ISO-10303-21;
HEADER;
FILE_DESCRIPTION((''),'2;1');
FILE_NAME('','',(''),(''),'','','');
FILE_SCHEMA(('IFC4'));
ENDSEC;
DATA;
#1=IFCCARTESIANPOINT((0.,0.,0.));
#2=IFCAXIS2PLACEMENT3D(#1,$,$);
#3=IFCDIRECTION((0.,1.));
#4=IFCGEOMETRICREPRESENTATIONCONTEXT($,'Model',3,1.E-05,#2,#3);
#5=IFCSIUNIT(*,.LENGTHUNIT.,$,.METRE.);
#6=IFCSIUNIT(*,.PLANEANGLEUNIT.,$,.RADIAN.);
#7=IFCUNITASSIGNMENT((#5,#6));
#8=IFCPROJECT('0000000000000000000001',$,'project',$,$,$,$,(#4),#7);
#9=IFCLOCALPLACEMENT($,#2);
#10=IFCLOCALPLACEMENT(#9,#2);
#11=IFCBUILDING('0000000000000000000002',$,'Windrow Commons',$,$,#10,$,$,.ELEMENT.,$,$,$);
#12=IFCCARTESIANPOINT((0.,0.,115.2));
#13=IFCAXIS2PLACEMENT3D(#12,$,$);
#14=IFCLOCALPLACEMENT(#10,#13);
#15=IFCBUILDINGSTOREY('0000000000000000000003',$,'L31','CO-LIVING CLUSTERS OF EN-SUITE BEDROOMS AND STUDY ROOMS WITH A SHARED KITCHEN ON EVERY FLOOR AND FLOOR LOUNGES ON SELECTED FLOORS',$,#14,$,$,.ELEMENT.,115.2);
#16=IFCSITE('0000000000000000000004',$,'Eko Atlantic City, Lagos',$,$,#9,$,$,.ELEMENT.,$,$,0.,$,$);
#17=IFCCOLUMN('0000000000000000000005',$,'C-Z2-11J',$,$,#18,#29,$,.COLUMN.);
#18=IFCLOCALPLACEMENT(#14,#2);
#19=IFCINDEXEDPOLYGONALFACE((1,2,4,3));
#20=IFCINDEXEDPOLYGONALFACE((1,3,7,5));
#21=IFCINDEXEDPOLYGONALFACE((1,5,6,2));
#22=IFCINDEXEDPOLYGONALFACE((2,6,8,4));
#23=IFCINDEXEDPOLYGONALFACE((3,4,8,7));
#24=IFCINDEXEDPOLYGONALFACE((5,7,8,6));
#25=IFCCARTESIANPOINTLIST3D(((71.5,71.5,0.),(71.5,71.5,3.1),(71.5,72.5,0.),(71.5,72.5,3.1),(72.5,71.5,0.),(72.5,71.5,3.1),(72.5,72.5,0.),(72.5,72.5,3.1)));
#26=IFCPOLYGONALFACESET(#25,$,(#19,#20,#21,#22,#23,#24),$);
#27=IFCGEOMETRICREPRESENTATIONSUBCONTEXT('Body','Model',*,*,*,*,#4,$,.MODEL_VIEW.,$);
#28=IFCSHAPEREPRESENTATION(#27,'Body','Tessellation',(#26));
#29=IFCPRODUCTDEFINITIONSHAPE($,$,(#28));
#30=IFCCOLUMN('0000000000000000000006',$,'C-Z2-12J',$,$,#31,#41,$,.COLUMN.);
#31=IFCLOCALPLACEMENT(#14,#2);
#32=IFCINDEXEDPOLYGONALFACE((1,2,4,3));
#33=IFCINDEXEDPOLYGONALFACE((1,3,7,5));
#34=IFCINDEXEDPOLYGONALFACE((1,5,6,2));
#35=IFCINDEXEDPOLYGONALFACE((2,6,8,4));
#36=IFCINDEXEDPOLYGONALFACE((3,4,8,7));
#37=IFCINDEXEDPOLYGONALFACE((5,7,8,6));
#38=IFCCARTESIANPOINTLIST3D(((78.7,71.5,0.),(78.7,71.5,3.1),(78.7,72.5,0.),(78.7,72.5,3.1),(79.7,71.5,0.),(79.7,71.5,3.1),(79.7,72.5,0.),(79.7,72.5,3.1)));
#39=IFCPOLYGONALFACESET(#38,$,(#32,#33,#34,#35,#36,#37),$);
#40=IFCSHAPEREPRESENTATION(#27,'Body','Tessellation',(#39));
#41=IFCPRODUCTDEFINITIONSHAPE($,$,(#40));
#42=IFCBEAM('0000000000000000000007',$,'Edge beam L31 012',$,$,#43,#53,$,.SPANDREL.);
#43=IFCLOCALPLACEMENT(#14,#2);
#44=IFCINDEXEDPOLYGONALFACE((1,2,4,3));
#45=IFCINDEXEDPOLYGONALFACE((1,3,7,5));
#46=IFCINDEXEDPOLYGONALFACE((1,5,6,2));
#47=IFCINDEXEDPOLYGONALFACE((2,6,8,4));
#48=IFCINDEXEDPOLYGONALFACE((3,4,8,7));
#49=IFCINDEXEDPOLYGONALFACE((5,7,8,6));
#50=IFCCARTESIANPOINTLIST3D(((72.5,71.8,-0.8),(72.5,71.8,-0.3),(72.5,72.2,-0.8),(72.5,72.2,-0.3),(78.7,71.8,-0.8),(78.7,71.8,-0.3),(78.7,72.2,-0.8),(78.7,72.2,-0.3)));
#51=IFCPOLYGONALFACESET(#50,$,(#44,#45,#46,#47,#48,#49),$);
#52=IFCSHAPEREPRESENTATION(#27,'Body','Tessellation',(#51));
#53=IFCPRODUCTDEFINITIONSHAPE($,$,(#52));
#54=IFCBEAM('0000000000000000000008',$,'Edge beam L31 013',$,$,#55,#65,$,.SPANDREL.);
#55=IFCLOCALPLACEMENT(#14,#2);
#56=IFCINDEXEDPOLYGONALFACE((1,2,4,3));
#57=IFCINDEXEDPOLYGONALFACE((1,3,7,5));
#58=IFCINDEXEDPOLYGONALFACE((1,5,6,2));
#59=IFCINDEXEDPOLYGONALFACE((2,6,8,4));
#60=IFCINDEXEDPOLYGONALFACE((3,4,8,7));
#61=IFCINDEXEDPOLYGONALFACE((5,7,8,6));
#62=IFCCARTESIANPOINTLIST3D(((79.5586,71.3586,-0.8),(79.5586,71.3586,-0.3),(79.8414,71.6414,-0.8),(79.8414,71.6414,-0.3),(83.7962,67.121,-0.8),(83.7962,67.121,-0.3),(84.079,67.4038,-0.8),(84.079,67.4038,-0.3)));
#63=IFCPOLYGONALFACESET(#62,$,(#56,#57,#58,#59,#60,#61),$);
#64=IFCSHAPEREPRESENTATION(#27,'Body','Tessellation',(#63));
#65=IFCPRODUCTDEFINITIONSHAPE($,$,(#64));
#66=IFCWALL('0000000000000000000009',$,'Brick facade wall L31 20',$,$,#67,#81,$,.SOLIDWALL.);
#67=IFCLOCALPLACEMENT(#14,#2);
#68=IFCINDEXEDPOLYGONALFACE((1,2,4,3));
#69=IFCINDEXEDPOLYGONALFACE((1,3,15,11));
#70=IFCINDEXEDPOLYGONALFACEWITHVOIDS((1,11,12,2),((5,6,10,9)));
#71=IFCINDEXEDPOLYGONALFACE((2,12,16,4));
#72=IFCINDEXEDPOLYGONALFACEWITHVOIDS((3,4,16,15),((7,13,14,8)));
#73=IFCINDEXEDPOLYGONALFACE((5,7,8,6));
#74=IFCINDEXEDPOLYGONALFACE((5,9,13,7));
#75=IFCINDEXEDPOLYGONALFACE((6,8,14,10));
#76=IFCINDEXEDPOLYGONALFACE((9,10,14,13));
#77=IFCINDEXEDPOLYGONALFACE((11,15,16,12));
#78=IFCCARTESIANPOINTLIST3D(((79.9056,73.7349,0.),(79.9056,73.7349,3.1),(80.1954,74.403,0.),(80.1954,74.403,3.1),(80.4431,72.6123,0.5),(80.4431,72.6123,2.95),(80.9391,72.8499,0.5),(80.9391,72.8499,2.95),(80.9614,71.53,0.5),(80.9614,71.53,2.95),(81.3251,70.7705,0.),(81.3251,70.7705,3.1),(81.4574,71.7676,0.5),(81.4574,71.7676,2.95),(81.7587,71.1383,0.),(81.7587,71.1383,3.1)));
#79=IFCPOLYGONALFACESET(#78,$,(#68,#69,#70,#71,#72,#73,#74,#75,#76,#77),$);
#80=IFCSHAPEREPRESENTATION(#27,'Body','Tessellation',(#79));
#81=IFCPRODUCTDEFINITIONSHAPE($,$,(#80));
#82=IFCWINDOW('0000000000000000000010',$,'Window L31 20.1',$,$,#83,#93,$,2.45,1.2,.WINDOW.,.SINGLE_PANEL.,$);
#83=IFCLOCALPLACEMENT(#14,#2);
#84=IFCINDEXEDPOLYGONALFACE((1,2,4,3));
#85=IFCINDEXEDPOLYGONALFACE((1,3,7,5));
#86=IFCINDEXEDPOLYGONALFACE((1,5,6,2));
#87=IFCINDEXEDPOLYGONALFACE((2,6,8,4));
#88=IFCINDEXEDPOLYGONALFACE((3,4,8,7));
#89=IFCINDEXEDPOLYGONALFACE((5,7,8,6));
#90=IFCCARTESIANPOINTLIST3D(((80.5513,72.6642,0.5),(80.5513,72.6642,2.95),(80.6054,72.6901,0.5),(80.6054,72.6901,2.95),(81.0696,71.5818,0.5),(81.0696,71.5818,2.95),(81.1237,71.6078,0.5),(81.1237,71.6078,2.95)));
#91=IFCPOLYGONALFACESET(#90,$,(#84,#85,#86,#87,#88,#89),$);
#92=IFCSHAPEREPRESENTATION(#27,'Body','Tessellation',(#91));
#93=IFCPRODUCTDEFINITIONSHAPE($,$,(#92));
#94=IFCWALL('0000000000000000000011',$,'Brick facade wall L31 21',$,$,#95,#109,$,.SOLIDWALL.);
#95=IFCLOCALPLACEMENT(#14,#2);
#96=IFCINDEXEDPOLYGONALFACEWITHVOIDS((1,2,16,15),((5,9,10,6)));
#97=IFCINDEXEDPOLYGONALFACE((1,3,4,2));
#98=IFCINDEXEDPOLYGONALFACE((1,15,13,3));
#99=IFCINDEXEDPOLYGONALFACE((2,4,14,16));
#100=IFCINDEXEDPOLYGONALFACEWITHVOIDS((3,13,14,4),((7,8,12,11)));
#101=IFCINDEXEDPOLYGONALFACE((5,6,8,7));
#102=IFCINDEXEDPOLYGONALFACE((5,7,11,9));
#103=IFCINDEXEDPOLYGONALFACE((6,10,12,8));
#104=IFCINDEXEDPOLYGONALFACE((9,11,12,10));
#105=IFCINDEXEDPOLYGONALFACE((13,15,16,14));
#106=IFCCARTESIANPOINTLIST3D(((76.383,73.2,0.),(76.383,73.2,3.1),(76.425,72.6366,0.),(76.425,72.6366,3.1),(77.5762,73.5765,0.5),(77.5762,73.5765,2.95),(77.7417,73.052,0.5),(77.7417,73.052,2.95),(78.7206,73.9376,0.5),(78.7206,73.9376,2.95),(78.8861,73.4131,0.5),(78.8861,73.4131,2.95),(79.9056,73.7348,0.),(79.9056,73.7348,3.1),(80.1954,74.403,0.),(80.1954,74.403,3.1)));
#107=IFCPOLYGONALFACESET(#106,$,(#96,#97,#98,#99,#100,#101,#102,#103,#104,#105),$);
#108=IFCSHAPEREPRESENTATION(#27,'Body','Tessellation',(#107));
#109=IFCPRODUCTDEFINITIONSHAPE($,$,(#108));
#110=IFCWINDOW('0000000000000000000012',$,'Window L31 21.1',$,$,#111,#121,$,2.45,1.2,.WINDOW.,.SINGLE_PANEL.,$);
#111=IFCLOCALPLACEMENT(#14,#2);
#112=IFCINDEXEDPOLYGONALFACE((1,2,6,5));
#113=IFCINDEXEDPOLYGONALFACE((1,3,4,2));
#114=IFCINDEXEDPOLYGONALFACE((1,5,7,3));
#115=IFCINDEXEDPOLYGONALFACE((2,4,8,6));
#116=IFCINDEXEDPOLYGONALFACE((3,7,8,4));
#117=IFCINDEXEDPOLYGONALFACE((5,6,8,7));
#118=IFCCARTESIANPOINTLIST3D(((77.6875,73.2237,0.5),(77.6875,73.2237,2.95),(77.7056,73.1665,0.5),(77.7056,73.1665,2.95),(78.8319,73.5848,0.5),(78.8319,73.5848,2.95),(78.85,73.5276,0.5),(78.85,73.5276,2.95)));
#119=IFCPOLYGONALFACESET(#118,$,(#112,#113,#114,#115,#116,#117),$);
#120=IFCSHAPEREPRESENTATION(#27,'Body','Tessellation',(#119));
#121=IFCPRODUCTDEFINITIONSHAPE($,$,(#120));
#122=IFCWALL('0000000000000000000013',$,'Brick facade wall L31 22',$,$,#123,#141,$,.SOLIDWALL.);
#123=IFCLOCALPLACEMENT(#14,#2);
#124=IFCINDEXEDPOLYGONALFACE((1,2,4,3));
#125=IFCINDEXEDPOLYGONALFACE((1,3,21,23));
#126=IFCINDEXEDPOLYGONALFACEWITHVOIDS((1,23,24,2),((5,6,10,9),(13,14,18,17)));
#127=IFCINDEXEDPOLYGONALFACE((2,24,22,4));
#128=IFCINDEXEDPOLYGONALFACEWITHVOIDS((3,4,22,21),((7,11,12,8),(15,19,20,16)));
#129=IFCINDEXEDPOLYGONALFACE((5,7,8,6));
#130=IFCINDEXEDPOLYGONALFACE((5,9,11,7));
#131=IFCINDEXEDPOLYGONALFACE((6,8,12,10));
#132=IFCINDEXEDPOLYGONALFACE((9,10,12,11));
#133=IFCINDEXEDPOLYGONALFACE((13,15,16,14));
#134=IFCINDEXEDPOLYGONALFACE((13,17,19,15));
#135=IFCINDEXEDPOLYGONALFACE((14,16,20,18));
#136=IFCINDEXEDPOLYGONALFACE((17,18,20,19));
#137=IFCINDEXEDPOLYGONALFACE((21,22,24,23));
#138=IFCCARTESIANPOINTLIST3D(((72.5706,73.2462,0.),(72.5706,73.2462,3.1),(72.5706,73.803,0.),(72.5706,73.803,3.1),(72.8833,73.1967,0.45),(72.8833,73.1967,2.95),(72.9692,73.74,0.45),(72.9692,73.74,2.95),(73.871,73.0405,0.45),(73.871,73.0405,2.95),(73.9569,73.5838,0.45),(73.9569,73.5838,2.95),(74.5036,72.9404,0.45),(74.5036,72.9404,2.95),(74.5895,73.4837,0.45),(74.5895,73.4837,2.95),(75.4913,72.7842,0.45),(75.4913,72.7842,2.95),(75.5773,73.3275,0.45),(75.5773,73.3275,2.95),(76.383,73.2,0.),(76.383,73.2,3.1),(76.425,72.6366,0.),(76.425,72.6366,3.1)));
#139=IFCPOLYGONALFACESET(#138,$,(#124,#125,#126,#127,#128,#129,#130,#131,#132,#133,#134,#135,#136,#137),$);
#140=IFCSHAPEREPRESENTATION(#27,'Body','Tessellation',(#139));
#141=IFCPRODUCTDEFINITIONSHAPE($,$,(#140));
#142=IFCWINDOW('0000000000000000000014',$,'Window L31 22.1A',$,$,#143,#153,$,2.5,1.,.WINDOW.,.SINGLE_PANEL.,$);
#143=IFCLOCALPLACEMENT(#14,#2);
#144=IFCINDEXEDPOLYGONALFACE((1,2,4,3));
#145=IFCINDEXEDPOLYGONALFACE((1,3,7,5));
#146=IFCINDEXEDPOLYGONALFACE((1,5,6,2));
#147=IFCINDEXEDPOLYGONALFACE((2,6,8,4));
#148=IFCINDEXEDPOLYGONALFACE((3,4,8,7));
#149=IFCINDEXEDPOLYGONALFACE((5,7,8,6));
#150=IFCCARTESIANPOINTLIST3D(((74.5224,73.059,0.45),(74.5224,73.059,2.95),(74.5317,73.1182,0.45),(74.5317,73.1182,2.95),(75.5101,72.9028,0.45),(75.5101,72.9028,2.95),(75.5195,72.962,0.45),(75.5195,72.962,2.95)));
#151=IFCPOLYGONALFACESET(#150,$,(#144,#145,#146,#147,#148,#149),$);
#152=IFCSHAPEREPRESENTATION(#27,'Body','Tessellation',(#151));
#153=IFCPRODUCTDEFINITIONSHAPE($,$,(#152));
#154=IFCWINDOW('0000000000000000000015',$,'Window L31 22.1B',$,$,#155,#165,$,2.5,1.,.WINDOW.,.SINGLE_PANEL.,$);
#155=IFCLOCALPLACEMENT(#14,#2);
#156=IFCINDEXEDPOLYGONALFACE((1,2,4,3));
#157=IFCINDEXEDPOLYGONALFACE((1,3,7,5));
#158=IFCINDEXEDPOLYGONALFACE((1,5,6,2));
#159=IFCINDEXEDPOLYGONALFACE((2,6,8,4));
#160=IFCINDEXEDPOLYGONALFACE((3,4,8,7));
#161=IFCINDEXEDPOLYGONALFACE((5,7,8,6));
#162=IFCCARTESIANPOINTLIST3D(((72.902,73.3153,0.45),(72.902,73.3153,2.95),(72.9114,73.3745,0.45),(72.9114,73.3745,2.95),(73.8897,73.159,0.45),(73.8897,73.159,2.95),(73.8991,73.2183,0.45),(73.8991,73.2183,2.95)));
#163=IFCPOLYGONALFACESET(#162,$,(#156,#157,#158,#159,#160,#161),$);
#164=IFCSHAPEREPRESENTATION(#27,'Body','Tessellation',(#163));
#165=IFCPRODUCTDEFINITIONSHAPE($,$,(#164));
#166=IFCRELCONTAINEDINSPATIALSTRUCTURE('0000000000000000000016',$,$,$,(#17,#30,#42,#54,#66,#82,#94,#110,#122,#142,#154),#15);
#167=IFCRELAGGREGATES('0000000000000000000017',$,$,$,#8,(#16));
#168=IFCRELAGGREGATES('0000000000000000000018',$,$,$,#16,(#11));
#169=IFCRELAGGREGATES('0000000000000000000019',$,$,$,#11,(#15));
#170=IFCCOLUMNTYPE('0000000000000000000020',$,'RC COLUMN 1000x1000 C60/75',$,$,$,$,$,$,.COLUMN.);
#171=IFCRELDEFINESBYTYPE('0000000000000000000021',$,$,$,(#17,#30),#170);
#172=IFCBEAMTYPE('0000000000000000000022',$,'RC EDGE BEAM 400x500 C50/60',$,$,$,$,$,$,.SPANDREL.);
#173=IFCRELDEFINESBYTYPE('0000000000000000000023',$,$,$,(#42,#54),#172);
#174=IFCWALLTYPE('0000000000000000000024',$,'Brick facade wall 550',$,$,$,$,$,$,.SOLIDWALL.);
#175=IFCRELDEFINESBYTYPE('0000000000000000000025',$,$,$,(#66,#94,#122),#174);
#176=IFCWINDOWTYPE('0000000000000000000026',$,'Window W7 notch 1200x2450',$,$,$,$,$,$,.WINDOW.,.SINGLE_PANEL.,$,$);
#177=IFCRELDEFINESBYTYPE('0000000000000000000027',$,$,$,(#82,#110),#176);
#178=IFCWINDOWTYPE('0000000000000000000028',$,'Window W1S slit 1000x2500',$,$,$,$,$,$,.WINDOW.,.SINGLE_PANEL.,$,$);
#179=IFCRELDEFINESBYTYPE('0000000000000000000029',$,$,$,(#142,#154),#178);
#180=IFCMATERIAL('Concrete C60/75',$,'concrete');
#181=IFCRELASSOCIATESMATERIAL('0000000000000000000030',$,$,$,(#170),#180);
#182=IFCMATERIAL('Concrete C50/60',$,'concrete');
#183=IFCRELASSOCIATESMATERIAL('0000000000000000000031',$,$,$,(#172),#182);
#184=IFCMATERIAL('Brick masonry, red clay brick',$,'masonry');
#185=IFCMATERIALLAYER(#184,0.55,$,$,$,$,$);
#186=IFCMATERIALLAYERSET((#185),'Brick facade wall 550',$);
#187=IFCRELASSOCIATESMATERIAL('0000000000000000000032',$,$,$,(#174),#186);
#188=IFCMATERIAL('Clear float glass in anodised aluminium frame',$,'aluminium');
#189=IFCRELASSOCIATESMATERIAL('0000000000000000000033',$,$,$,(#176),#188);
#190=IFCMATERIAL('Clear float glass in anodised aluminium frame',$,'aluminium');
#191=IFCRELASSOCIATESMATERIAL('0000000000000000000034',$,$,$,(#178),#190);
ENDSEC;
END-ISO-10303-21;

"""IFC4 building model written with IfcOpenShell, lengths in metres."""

from ifc_helpers import new_model, si_unit, direction, frame, frame_2d, origin, origin_2d, place, context, subcontext, project, spatial, polyline, rectangle, outline, extrude, material, layer, layer_set, material_profile, profile_set, type_object, element, fill, save


model = new_model("IFC4")

# Units and contexts
model_context = context("Model", 3, precision=1e-05, world=origin(), true_north=direction((0.0, 1.0)))
body_context = subcontext(model_context, "Body", "Model", "MODEL_VIEW")
ifc_project = project(units=[si_unit("LENGTHUNIT", "METRE"), si_unit("PLANEANGLEUNIT", "RADIAN")], contexts=[model_context])

# Site, building, storey
site_placement = place(None, origin())
site = spatial("IfcSite", under=ifc_project, at=site_placement, Name="Eko Atlantic City, Lagos", CompositionType="ELEMENT", RefElevation=0.0)
building_placement = place(site_placement, origin())
building = spatial("IfcBuilding", under=site, at=building_placement, Name="Windrow Commons", CompositionType="ELEMENT")
storey_placement = place(building_placement, frame((0.0, 0.0, 115.2)))
storey = spatial("IfcBuildingStorey", under=building, at=storey_placement, Name="L31", Description="CO-LIVING CLUSTERS OF EN-SUITE BEDROOMS AND STUDY ROOMS WITH A SHARED KITCHEN ON EVERY FLOOR AND FLOOR LOUNGES ON SELECTED FLOORS", CompositionType="ELEMENT", Elevation=115.2)

# Columns
ifc_material_1 = material(Name="Concrete C60/75", Category="concrete")
ifc_material_profile_1 = material_profile(ifc_material_1, rectangle(XDim=1.0, YDim=1.0, at=origin_2d()))
ifc_profile_set_1 = profile_set([ifc_material_profile_1], Name="Concrete C60/75")
column_type = type_object("IfcColumnType", Name="RC COLUMN 1000x1000 C60/75", PredefinedType="COLUMN", material=ifc_profile_set_1)
for number, where, z_axis, x_axis, name in (
    (1, (72.0, 72.0, 0.0), (0.0, 0.0, 1.0), (1.0, 0.0, 0.0), "C-Z2-11J"),
    (2, (79.2, 72.0, 0.0), (0.0, 0.0, 1.0), (1.0, 0.0, 0.0), "C-Z2-12J"),
):
    element("IfcColumn", number, at=place(storey_placement, frame(where, z_axis=z_axis, x_axis=x_axis)), inside=storey, type_object=column_type, Name=name, PredefinedType="COLUMN", context=body_context, shape_type="SweptSolid", body=[
        extrude(rectangle(XDim=1.0, YDim=1.0, at=origin_2d()), origin(), (0.0, 0.0, 1.0), 3.1),
    ])

# Beams
ifc_material_2 = material(Name="Concrete C50/60", Category="concrete")
ifc_material_profile_2 = material_profile(ifc_material_2, rectangle(XDim=0.4, YDim=0.5, at=origin_2d()))
ifc_profile_set_2 = profile_set([ifc_material_profile_2], Name="Concrete C50/60")
beam_type = type_object("IfcBeamType", Name="RC EDGE BEAM 400x500 C50/60", PredefinedType="SPANDREL", material=ifc_profile_set_2)
beam_1_placement = place(storey_placement, frame((72.5, 72.0, -0.55), z_axis=(1.0, 0.0, 0.0), x_axis=(0.0, 1.0, 0.0)))
element("IfcBeam", 3, at=beam_1_placement, inside=storey, type_object=beam_type, Name="Edge beam L31 012", PredefinedType="SPANDREL", context=body_context, shape_type="SweptSolid", body=[
    extrude(rectangle(XDim=0.4, YDim=0.5, at=origin_2d()), origin(), (0.0, 0.0, 1.0), 6.2),
])
beam_2_placement = place(storey_placement, frame((79.7, 71.5, -0.55), z_axis=(0.707107, -0.707107, 0.0), x_axis=(0.707107, 0.707107, 0.0)))
element("IfcBeam", 4, at=beam_2_placement, inside=storey, type_object=beam_type, Name="Edge beam L31 013", PredefinedType="SPANDREL", context=body_context, shape_type="SweptSolid", body=[
    extrude(rectangle(XDim=0.4, YDim=0.5, at=origin_2d()), origin(), (0.0, 0.0, 1.0), 5.9929),
])

# Walls, openings, windows
ifc_material_3 = material(Name="Brick masonry, red clay brick", Category="masonry")
ifc_layer_1 = layer(ifc_material_3, 0.55)
ifc_layer_set_1 = layer_set([ifc_layer_1], Name="Brick facade wall 550")
wall_type_1 = type_object("IfcWallType", Name="Brick facade wall 550", PredefinedType="SOLIDWALL", material=ifc_layer_set_1)
wall_1_placement = place(storey_placement, frame((81.5419, 70.9544, 0.0), z_axis=(0.0, 0.0, 1.0), x_axis=(-0.431893, 0.901925, 0.0)))
wall_1 = element("IfcWall", 5, at=wall_1_placement, inside=storey, type_object=wall_type_1, Name="Brick facade wall L31 20", PredefinedType="SOLIDWALL", context=body_context, shape_type="SweptSolid", body=[
    extrude(outline(polyline([(0.0722, -0.275), (3.6919, -0.275), (3.2145, 0.275), (-0.0722, 0.275), (0.0722, -0.275)])), origin(), (0.0, 0.0, 1.0), 3.1),
])
opening_1_placement = place(wall_1_placement, frame((0.7699, 0.0, 0.5)))
opening_1 = element("IfcOpeningElement", 6, at=opening_1_placement, cuts=wall_1, PredefinedType="OPENING", context=body_context, shape_type="SweptSolid", body=[
    extrude(rectangle(XDim=1.2, YDim=2.45, at=frame_2d((0.6, 1.225))), frame((0.0, 0.285, 0.0), z_axis=(0.0, -1.0, 0.0), x_axis=(1.0, 0.0, 0.0)), (0.0, 0.0, 1.0), 0.57),
])
ifc_material_4 = material(Name="Clear float glass in anodised aluminium frame", Category="aluminium")
window_type_1 = type_object("IfcWindowType", Name="Window W7 notch 1200x2450", PartitioningType="SINGLE_PANEL", PredefinedType="WINDOW", material=ifc_material_4)
window_1_placement = place(opening_1_placement, origin())
window_1 = element("IfcWindow", 7, at=window_1_placement, inside=storey, type_object=window_type_1, Name="Window L31 20.1", OverallHeight=2.45, OverallWidth=1.2, PartitioningType="SINGLE_PANEL", PredefinedType="WINDOW", context=body_context, shape_type="SweptSolid", body=[
    extrude(rectangle(XDim=1.2, YDim=2.45, at=frame_2d((0.6, 1.225))), frame((0.0, 0.155, 0.0), z_axis=(0.0, -1.0, 0.0), x_axis=(1.0, 0.0, 0.0)), (0.0, 0.0, 1.0), 0.06),
])
fill(opening_1, window_1)
wall_2_placement = place(storey_placement, frame((80.0505, 74.0689, 0.0), z_axis=(0.0, 0.0, 1.0), x_axis=(-0.953652, -0.300911, 0.0)))
wall_2 = element("IfcWall", 8, at=wall_2_placement, inside=storey, type_object=wall_type_1, Name="Brick facade wall L31 21", PredefinedType="SOLIDWALL", context=body_context, shape_type="SweptSolid", body=[
    extrude(outline(polyline([(-0.2387, -0.275), (3.759, -0.275), (3.8885, 0.275), (0.2387, 0.275), (-0.2387, -0.275)])), origin(), (0.0, 0.0, 1.0), 3.1),
])
opening_2_placement = place(wall_2_placement, frame((1.3078, 0.0, 0.5)))
opening_2 = element("IfcOpeningElement", 9, at=opening_2_placement, cuts=wall_2, PredefinedType="OPENING", context=body_context, shape_type="SweptSolid", body=[
    extrude(rectangle(XDim=1.2, YDim=2.45, at=frame_2d((0.6, 1.225))), frame((0.0, 0.285, 0.0), z_axis=(0.0, -1.0, 0.0), x_axis=(1.0, 0.0, 0.0)), (0.0, 0.0, 1.0), 0.57),
])
window_2_placement = place(opening_2_placement, origin())
window_2 = element("IfcWindow", 10, at=window_2_placement, inside=storey, type_object=window_type_1, Name="Window L31 21.1", OverallHeight=2.45, OverallWidth=1.2, PartitioningType="SINGLE_PANEL", PredefinedType="WINDOW", context=body_context, shape_type="SweptSolid", body=[
    extrude(rectangle(XDim=1.2, YDim=2.45, at=frame_2d((0.6, 1.225))), frame((0.0, 0.155, 0.0), z_axis=(0.0, -1.0, 0.0), x_axis=(1.0, 0.0, 0.0)), (0.0, 0.0, 1.0), 0.06),
])
fill(opening_2, window_2)

# Wall, openings, windows
wall_3_placement = place(storey_placement, frame((76.404, 72.9183, 0.0), z_axis=(0.0, 0.0, 1.0), x_axis=(-0.987722, 0.156221, 0.0)))
wall_3 = element("IfcWall", 11, at=wall_3_placement, inside=storey, type_object=wall_type_1, Name="Brick facade wall L31 22", PredefinedType="SOLIDWALL", context=body_context, shape_type="SweptSolid", body=[
    extrude(outline(polyline([(0.0648, -0.275), (3.9245, -0.275), (3.8376, 0.275), (-0.0648, 0.275), (0.0648, -0.275)])), origin(), (0.0, 0.0, 1.0), 3.1),
])
opening_3_placement = place(wall_3_placement, frame((0.8805, 0.0, 0.45)))
opening_3 = element("IfcOpeningElement", 12, at=opening_3_placement, cuts=wall_3, PredefinedType="OPENING", context=body_context, shape_type="SweptSolid", body=[
    extrude(rectangle(XDim=1.0, YDim=2.5, at=frame_2d((0.5, 1.25))), frame((0.0, 0.285, 0.0), z_axis=(0.0, -1.0, 0.0), x_axis=(1.0, 0.0, 0.0)), (0.0, 0.0, 1.0), 0.57),
])
opening_4_placement = place(wall_3_placement, frame((2.521, 0.0, 0.45)))
opening_4 = element("IfcOpeningElement", 13, at=opening_4_placement, cuts=wall_3, PredefinedType="OPENING", context=body_context, shape_type="SweptSolid", body=[
    extrude(rectangle(XDim=1.0, YDim=2.5, at=frame_2d((0.5, 1.25))), frame((0.0, 0.285, 0.0), z_axis=(0.0, -1.0, 0.0), x_axis=(1.0, 0.0, 0.0)), (0.0, 0.0, 1.0), 0.57),
])
ifc_material_5 = material(Name="Clear float glass in anodised aluminium frame", Category="aluminium")
window_type_2 = type_object("IfcWindowType", Name="Window W1S slit 1000x2500", PartitioningType="SINGLE_PANEL", PredefinedType="WINDOW", material=ifc_material_5)
window_3_placement = place(opening_3_placement, origin())
window_3 = element("IfcWindow", 14, at=window_3_placement, inside=storey, type_object=window_type_2, Name="Window L31 22.1A", OverallHeight=2.5, OverallWidth=1.0, PartitioningType="SINGLE_PANEL", PredefinedType="WINDOW", context=body_context, shape_type="SweptSolid", body=[
    extrude(rectangle(XDim=1.0, YDim=2.5, at=frame_2d((0.5, 1.25))), frame((0.0, 0.155, 0.0), z_axis=(0.0, -1.0, 0.0), x_axis=(1.0, 0.0, 0.0)), (0.0, 0.0, 1.0), 0.06),
])
fill(opening_3, window_3)
window_4_placement = place(opening_4_placement, origin())
window_4 = element("IfcWindow", 15, at=window_4_placement, inside=storey, type_object=window_type_2, Name="Window L31 22.1B", OverallHeight=2.5, OverallWidth=1.0, PartitioningType="SINGLE_PANEL", PredefinedType="WINDOW", context=body_context, shape_type="SweptSolid", body=[
    extrude(rectangle(XDim=1.0, YDim=2.5, at=frame_2d((0.5, 1.25))), frame((0.0, 0.155, 0.0), z_axis=(0.0, -1.0, 0.0), x_axis=(1.0, 0.0, 0.0)), (0.0, 0.0, 1.0), 0.06),
])
fill(opening_4, window_4)

save(model, "model.ifc")
